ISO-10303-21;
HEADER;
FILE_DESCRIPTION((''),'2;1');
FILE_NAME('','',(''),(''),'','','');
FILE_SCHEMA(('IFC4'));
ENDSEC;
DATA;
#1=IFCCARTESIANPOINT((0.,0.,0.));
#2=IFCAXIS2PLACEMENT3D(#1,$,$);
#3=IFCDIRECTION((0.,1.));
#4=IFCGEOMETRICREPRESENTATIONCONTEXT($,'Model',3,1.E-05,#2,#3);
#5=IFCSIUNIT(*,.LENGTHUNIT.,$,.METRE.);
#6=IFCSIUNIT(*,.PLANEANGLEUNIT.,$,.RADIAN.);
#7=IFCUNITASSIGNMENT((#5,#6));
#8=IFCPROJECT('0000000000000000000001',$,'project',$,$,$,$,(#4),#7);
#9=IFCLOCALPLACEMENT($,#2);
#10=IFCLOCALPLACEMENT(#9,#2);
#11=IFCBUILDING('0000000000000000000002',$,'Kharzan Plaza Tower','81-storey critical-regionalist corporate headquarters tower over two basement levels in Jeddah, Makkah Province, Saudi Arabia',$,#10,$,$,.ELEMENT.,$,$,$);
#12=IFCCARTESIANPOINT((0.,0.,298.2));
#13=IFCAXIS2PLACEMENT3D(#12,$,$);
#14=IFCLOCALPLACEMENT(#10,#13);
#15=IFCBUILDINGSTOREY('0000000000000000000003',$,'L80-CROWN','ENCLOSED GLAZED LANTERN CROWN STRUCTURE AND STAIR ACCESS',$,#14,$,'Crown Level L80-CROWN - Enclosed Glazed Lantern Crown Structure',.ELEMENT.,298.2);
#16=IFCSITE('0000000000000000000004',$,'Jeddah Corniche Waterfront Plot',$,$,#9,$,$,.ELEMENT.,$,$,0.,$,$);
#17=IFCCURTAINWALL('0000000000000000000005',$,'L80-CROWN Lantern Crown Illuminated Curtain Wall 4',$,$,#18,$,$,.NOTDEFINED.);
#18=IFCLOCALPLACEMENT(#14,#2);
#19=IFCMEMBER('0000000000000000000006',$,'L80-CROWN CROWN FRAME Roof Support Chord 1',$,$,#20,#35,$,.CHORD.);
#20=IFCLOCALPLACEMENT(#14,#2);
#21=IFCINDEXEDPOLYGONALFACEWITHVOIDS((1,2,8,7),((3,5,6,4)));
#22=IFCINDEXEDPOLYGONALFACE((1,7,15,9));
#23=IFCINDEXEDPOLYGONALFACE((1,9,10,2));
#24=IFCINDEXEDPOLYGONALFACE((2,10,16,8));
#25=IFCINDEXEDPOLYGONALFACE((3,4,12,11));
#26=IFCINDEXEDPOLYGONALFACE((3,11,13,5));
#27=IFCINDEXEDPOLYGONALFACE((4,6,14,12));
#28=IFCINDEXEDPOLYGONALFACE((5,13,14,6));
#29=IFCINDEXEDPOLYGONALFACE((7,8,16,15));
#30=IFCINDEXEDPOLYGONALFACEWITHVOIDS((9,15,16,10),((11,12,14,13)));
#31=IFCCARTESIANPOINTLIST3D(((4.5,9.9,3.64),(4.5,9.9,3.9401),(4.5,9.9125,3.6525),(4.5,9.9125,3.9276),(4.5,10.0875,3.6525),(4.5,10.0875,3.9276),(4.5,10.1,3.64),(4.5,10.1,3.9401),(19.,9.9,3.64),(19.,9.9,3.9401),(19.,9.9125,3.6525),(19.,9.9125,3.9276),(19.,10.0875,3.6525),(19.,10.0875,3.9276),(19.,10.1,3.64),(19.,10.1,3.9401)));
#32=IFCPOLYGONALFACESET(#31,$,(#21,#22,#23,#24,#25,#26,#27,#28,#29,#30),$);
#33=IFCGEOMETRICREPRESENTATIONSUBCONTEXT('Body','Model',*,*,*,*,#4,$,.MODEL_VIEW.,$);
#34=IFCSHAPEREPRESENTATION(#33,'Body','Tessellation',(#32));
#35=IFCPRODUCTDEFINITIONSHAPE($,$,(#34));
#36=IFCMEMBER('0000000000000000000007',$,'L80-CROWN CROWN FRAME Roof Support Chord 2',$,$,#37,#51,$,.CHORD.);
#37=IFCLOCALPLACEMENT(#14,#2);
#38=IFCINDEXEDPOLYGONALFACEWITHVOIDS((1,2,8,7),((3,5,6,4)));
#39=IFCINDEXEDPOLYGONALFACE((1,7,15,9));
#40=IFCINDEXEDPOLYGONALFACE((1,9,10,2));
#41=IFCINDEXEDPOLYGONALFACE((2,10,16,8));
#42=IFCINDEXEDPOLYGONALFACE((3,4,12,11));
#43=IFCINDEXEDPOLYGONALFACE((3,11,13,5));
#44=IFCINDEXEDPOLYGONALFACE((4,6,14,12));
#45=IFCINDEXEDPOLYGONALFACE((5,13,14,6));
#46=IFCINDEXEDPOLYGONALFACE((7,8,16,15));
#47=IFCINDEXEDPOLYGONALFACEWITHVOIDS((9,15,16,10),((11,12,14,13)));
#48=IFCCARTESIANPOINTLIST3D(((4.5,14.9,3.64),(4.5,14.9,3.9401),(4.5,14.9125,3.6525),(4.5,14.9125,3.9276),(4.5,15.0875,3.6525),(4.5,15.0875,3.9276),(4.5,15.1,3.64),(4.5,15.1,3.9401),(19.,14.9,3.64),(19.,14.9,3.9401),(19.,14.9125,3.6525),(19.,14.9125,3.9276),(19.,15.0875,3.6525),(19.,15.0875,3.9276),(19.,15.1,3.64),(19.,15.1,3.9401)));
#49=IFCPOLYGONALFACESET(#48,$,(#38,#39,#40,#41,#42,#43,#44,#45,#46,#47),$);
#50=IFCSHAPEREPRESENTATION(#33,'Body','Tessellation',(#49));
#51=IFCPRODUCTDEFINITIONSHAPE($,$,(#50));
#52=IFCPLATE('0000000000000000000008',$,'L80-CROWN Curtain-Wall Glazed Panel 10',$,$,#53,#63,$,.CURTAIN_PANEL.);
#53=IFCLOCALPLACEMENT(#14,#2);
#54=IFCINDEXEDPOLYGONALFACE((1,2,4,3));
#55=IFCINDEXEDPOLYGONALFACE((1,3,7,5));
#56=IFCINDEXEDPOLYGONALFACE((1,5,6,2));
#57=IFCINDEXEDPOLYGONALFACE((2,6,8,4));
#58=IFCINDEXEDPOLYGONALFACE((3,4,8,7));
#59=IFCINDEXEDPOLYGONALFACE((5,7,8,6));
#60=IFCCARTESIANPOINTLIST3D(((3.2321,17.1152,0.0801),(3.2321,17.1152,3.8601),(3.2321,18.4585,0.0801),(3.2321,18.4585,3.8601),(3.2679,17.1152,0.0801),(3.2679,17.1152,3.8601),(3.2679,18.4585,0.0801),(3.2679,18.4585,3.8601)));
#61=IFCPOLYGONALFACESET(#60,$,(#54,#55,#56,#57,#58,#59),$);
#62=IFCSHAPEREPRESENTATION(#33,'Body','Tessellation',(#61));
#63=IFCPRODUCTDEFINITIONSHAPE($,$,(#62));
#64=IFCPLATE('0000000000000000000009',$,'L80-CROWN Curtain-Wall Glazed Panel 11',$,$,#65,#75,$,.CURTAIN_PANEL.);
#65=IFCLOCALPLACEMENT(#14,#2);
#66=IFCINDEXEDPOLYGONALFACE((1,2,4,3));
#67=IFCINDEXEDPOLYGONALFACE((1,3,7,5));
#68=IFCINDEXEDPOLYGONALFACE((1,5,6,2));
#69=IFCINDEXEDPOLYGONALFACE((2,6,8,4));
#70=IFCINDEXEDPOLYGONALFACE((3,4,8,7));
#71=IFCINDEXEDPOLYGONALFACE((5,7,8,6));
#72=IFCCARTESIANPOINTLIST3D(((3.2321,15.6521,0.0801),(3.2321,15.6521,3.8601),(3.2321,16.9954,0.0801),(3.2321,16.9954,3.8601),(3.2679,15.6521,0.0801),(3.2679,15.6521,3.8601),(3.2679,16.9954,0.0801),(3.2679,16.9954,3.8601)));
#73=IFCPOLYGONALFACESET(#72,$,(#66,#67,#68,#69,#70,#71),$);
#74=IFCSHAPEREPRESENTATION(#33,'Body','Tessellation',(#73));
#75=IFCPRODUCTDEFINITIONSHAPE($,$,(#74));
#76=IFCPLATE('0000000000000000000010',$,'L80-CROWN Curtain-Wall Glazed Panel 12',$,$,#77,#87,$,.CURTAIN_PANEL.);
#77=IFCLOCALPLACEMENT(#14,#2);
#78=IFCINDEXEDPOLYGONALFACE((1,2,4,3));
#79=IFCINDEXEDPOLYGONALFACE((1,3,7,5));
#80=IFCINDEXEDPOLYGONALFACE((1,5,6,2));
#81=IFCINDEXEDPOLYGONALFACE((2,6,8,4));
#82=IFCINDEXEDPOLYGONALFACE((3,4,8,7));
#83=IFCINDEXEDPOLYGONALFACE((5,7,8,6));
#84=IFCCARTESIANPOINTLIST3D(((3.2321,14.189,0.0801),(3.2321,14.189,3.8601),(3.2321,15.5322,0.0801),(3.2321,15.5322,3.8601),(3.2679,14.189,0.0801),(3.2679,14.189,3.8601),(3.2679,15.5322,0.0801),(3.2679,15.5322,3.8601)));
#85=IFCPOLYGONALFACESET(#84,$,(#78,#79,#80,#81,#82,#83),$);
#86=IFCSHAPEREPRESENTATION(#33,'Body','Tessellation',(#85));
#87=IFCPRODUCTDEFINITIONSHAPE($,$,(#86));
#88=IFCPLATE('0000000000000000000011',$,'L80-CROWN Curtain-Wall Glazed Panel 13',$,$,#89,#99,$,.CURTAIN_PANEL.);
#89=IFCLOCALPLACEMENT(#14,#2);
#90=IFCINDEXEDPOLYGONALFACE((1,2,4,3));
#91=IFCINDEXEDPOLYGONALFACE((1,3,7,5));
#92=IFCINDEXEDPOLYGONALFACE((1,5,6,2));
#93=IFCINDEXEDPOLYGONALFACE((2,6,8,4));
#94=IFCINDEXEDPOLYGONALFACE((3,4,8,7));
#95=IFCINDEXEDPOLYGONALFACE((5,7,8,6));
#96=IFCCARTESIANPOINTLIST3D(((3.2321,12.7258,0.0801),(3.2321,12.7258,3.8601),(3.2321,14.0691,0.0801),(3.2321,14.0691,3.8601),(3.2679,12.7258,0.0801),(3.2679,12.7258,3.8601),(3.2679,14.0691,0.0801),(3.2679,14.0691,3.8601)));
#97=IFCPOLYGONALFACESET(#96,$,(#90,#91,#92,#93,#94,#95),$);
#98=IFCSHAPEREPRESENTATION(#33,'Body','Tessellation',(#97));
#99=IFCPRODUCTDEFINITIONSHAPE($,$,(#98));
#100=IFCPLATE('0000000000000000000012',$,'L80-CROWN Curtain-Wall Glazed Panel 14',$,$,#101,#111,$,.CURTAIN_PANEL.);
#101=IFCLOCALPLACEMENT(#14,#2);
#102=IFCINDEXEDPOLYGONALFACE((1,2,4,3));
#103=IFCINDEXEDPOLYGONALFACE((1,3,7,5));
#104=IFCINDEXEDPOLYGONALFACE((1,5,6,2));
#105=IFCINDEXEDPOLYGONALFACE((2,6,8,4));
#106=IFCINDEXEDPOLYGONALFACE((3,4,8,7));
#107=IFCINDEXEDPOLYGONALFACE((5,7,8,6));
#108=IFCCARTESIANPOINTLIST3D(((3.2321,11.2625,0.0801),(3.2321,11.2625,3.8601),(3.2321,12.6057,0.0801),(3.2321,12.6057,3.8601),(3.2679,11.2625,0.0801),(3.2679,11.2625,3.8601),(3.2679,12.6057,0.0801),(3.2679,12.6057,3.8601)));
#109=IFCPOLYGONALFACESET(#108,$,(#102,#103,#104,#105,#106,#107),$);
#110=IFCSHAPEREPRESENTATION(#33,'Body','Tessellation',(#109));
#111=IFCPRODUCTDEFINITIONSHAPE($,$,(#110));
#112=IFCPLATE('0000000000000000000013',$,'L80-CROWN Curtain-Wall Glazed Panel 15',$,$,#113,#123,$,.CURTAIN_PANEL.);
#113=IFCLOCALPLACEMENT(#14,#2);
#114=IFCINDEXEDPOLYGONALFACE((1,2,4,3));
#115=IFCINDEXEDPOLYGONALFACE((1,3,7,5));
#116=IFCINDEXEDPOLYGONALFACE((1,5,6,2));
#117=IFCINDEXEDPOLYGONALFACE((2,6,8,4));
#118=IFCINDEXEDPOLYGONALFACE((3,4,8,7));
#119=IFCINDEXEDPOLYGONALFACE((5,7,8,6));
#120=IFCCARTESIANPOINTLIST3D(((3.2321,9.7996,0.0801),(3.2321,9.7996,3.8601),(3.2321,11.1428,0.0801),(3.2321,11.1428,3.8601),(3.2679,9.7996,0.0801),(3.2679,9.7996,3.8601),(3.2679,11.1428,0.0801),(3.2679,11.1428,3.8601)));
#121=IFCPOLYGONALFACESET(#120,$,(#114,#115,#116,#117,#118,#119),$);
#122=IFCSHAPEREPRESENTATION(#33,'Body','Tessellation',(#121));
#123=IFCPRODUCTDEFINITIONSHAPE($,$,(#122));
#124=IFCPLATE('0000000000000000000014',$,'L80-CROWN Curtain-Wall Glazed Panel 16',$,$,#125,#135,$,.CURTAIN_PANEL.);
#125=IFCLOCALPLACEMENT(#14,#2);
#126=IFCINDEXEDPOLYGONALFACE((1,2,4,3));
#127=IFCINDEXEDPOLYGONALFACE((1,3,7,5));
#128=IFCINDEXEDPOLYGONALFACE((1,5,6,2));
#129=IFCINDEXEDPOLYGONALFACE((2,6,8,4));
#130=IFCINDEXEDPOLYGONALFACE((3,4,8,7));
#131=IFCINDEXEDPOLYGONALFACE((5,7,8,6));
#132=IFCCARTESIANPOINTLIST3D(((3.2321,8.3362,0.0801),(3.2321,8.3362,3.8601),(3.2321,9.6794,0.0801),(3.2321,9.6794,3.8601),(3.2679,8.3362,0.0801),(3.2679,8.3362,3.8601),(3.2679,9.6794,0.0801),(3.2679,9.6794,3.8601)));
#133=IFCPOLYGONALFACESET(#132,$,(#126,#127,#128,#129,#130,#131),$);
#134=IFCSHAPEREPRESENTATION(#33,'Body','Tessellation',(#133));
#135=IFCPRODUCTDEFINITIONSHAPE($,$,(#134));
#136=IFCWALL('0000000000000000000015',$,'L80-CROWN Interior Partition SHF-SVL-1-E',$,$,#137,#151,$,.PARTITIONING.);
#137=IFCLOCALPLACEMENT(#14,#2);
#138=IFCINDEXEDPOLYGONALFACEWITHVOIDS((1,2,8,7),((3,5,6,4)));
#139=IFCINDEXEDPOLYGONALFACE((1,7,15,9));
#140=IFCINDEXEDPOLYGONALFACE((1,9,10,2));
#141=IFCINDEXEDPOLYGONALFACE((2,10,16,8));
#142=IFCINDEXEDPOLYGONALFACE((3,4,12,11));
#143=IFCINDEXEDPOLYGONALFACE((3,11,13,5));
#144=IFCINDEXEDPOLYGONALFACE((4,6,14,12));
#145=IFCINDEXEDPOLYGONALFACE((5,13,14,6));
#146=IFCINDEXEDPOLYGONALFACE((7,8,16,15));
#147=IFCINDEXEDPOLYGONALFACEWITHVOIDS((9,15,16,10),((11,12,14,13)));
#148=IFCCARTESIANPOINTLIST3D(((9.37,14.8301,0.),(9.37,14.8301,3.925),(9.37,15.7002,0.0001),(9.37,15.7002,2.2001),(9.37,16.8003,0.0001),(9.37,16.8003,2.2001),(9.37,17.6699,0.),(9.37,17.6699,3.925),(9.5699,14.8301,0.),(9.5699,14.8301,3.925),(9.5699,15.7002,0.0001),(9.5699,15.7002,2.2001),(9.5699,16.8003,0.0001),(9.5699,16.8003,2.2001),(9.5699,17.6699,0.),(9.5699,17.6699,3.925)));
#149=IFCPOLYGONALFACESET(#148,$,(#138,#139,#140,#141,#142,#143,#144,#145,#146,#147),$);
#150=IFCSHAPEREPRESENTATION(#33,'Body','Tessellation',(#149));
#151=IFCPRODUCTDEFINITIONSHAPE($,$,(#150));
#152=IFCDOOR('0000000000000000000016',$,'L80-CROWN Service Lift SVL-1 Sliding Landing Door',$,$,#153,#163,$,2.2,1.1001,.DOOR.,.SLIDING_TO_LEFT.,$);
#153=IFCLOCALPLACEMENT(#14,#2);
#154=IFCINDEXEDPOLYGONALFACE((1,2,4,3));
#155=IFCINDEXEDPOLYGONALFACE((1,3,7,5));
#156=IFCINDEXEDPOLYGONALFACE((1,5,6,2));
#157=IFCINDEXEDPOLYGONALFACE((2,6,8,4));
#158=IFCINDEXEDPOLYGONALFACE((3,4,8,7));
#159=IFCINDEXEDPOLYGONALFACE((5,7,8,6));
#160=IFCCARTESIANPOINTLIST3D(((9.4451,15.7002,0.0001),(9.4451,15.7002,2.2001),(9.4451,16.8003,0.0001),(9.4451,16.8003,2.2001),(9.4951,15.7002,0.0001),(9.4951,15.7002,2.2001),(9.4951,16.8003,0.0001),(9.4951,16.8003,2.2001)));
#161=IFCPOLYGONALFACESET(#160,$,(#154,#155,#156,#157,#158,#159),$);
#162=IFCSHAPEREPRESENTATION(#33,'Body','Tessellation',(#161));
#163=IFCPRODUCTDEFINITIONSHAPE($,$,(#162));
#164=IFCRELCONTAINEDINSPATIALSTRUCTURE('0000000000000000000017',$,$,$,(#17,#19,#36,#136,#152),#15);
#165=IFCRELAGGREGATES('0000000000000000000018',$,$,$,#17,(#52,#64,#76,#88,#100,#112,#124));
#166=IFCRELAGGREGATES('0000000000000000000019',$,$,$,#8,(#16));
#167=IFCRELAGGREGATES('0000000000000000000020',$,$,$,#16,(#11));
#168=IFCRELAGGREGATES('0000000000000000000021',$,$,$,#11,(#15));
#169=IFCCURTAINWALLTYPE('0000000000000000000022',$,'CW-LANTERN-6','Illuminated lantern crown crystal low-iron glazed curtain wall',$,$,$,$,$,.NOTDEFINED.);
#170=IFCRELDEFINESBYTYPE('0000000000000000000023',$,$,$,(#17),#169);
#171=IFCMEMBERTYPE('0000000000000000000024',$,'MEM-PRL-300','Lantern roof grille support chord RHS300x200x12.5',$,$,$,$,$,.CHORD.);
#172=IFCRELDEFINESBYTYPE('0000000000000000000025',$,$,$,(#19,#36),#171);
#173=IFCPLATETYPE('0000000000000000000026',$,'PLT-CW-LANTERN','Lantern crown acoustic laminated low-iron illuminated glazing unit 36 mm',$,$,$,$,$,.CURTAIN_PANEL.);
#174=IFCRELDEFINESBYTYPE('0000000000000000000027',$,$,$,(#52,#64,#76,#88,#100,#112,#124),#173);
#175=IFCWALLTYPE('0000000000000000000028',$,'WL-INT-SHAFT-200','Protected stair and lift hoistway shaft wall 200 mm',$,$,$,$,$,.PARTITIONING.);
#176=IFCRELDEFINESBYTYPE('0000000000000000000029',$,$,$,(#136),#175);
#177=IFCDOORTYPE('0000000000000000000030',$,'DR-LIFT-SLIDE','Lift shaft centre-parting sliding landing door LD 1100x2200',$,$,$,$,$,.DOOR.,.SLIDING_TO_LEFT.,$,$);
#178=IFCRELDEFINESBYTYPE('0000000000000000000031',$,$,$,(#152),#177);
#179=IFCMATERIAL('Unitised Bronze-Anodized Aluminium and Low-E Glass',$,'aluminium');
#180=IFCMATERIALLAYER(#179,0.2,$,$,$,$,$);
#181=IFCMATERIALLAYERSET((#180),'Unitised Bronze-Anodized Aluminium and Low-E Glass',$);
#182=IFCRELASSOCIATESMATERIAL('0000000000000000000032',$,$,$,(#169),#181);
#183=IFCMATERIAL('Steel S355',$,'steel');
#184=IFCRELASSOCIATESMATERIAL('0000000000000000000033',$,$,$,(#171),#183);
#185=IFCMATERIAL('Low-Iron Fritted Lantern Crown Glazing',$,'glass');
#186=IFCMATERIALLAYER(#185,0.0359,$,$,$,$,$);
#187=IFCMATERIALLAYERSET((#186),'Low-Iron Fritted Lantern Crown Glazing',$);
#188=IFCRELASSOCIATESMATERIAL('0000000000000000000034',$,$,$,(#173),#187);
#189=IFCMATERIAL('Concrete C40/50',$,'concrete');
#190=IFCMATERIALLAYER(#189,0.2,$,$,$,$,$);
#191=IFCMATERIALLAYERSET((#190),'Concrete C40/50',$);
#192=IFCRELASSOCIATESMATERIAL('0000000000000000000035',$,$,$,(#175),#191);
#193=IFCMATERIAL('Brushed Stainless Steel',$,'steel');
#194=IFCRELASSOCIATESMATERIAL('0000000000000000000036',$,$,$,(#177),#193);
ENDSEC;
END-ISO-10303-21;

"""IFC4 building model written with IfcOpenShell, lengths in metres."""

from ifc_helpers import new_model, si_unit, direction, frame, frame_2d, origin, origin_2d, place, context, subcontext, project, spatial, rectangle, hollow_rectangle, extrude, source, transform, mapped, material, layer, layer_set, material_profile, profile_set, type_object, element, fill, aggregate, save


model = new_model("IFC4")

# Units and contexts
model_context = context("Model", 3, precision=1e-05, world=origin(), true_north=direction((0.0, 1.0)))
body_context = subcontext(model_context, "Body", "Model", "MODEL_VIEW")
ifc_project = project(units=[si_unit("LENGTHUNIT", "METRE"), si_unit("PLANEANGLEUNIT", "RADIAN")], contexts=[model_context])

# Site, building, storey
site_placement = place(None, origin())
site = spatial("IfcSite", under=ifc_project, at=site_placement, Name="Jeddah Corniche Waterfront Plot", CompositionType="ELEMENT", RefElevation=0.0)
building_placement = place(site_placement, origin())
building = spatial("IfcBuilding", under=site, at=building_placement, Name="Kharzan Plaza Tower", Description="81-storey critical-regionalist corporate headquarters tower over two basement levels in Jeddah, Makkah Province, Saudi Arabia", CompositionType="ELEMENT")
storey_placement = place(building_placement, frame((0.0, 0.0, 298.2)))
storey = spatial("IfcBuildingStorey", under=building, at=storey_placement, Name="L80-CROWN", Description="ENCLOSED GLAZED LANTERN CROWN STRUCTURE AND STAIR ACCESS", LongName="Crown Level L80-CROWN - Enclosed Glazed Lantern Crown Structure", CompositionType="ELEMENT", Elevation=298.2)

# Shared definitions
ifc_material_1 = material(Name="Steel S355", Category="steel")

# Curtain wall
ifc_material_2 = material(Name="Unitised Bronze-Anodized Aluminium and Low-E Glass", Category="aluminium")
ifc_layer_1 = layer(ifc_material_2, 0.2)
ifc_layer_set_1 = layer_set([ifc_layer_1], Name="Unitised Bronze-Anodized Aluminium and Low-E Glass")
curtain_wall_type = type_object("IfcCurtainWallType", Name="CW-LANTERN-6", Description="Illuminated lantern crown crystal low-iron glazed curtain wall", PredefinedType="NOTDEFINED", material=ifc_layer_set_1)
curtain_wall_placement = place(storey_placement, origin())
curtain_wall = element("IfcCurtainWall", 1, at=curtain_wall_placement, inside=storey, type_object=curtain_wall_type, Name="L80-CROWN Lantern Crown Illuminated Curtain Wall 4", PredefinedType="NOTDEFINED")

# Members
ifc_material_profile_1 = material_profile(ifc_material_1, hollow_rectangle(XDim=0.2, YDim=0.3, WallThickness=0.0125, at=origin_2d()), Name="RHS300x200x12.5")
ifc_profile_set_1 = profile_set([ifc_material_profile_1], Name="Steel S355")
member_type_1 = type_object("IfcMemberType", Name="MEM-PRL-300", Description="Lantern roof grille support chord RHS300x200x12.5", PredefinedType="CHORD", material=ifc_profile_set_1)
shared_shape_1 = source(origin(), body_context, "Body", "SweptSolid", [
    extrude(hollow_rectangle(XDim=0.2, YDim=0.3, WallThickness=0.0125, at=origin_2d()), origin(), (0.0, 0.0, 1.0), 14.5),
])
for number, where, z_axis, x_axis, name in (
    (2, (4.5, 10.0, 3.79), (1.0, 0.0, 0.0), (0.0, 1.0, 0.0), "L80-CROWN CROWN FRAME Roof Support Chord 1"),
    (3, (4.5, 15.0, 3.79), (1.0, 0.0, 0.0), (0.0, 1.0, 0.0), "L80-CROWN CROWN FRAME Roof Support Chord 2"),
):
    element("IfcMember", number, at=place(storey_placement, frame(where, z_axis=z_axis, x_axis=x_axis)), inside=storey, type_object=member_type_1, Name=name, PredefinedType="CHORD", context=body_context, shape_type="MappedRepresentation", body=[
        mapped(shared_shape_1, transform((0.0, 0.0, 0.0), x_axis=(1.0, 0.0, 0.0), y_axis=(0.0, 1.0, 0.0), z_axis=(0.0, 0.0, 1.0))),
    ])

# Plates
ifc_material_3 = material(Name="Low-Iron Fritted Lantern Crown Glazing", Category="glass")
ifc_layer_2 = layer(ifc_material_3, 0.0359)
ifc_layer_set_2 = layer_set([ifc_layer_2], Name="Low-Iron Fritted Lantern Crown Glazing")
plate_type = type_object("IfcPlateType", Name="PLT-CW-LANTERN", Description="Lantern crown acoustic laminated low-iron illuminated glazing unit 36 mm", PredefinedType="CURTAIN_PANEL", material=ifc_layer_set_2)
shared_shape_2 = source(origin(), body_context, "Body", "SweptSolid", [
    extrude(rectangle(XDim=1.3433, YDim=0.0359, at=origin_2d()), origin(), (0.0, 0.0, 1.0), 3.78),
])
plate_1_placement = place(storey_placement, frame((3.25, 17.7869, 0.0801), z_axis=(0.0, 0.0, 1.0), x_axis=(0.0, -1.0, 0.0)))
plate_1 = element("IfcPlate", 4, at=plate_1_placement, type_object=plate_type, Name="L80-CROWN Curtain-Wall Glazed Panel 10", PredefinedType="CURTAIN_PANEL", context=body_context, shape_type="MappedRepresentation", body=[
    mapped(shared_shape_2, transform((0.0, 0.0, 0.0), x_axis=(1.0, 0.0, 0.0), y_axis=(0.0, 1.0, 0.0), z_axis=(0.0, 0.0, 1.0))),
])
plate_2_placement = place(storey_placement, frame((3.25, 16.3237, 0.0801), z_axis=(0.0, 0.0, 1.0), x_axis=(0.0, -1.0, 0.0)))
plate_2 = element("IfcPlate", 5, at=plate_2_placement, type_object=plate_type, Name="L80-CROWN Curtain-Wall Glazed Panel 11", PredefinedType="CURTAIN_PANEL", context=body_context, shape_type="MappedRepresentation", body=[
    mapped(shared_shape_2, transform((0.0, 0.0, 0.0), x_axis=(1.0, 0.0, 0.0), y_axis=(0.0, 1.0, 0.0), z_axis=(0.0, 0.0, 1.0))),
])
plate_3_placement = place(storey_placement, frame((3.25, 14.8606, 0.0801), z_axis=(0.0, 0.0, 1.0), x_axis=(0.0, -1.0, 0.0)))
plate_3 = element("IfcPlate", 6, at=plate_3_placement, type_object=plate_type, Name="L80-CROWN Curtain-Wall Glazed Panel 12", PredefinedType="CURTAIN_PANEL", context=body_context, shape_type="MappedRepresentation", body=[
    mapped(shared_shape_2, transform((0.0, 0.0, 0.0), x_axis=(1.0, 0.0, 0.0), y_axis=(0.0, 1.0, 0.0), z_axis=(0.0, 0.0, 1.0))),
])
plate_4_placement = place(storey_placement, frame((3.25, 13.3975, 0.0801), z_axis=(0.0, 0.0, 1.0), x_axis=(0.0, -1.0, 0.0)))
plate_4 = element("IfcPlate", 7, at=plate_4_placement, type_object=plate_type, Name="L80-CROWN Curtain-Wall Glazed Panel 13", PredefinedType="CURTAIN_PANEL", context=body_context, shape_type="MappedRepresentation", body=[
    mapped(shared_shape_2, transform((0.0, 0.0, 0.0), x_axis=(1.0, 0.0, 0.0), y_axis=(0.0, 1.0, 0.0), z_axis=(0.0, 0.0, 1.0))),
])
plate_5_placement = place(storey_placement, frame((3.25, 11.9341, 0.0801), z_axis=(0.0, 0.0, 1.0), x_axis=(0.0, -1.0, 0.0)))
plate_5 = element("IfcPlate", 8, at=plate_5_placement, type_object=plate_type, Name="L80-CROWN Curtain-Wall Glazed Panel 14", PredefinedType="CURTAIN_PANEL", context=body_context, shape_type="MappedRepresentation", body=[
    mapped(shared_shape_2, transform((0.0, 0.0, 0.0), x_axis=(1.0, 0.0, 0.0), y_axis=(0.0, 1.0, 0.0), z_axis=(0.0, 0.0, 1.0))),
])
plate_6_placement = place(storey_placement, frame((3.25, 10.4712, 0.0801), z_axis=(0.0, 0.0, 1.0), x_axis=(0.0, -1.0, 0.0)))
plate_6 = element("IfcPlate", 9, at=plate_6_placement, type_object=plate_type, Name="L80-CROWN Curtain-Wall Glazed Panel 15", PredefinedType="CURTAIN_PANEL", context=body_context, shape_type="MappedRepresentation", body=[
    mapped(shared_shape_2, transform((0.0, 0.0, 0.0), x_axis=(1.0, 0.0, 0.0), y_axis=(0.0, 1.0, 0.0), z_axis=(0.0, 0.0, 1.0))),
])
plate_7_placement = place(storey_placement, frame((3.25, 9.0078, 0.0801), z_axis=(0.0, 0.0, 1.0), x_axis=(0.0, -1.0, 0.0)))
plate_7 = element("IfcPlate", 10, at=plate_7_placement, type_object=plate_type, Name="L80-CROWN Curtain-Wall Glazed Panel 16", PredefinedType="CURTAIN_PANEL", context=body_context, shape_type="MappedRepresentation", body=[
    mapped(shared_shape_2, transform((0.0, 0.0, 0.0), x_axis=(1.0, 0.0, 0.0), y_axis=(0.0, 1.0, 0.0), z_axis=(0.0, 0.0, 1.0))),
])
aggregate(curtain_wall, [plate_1, plate_2, plate_3, plate_4, plate_5, plate_6, plate_7])

# Wall, opening, door
ifc_material_4 = material(Name="Concrete C40/50", Category="concrete")
ifc_layer_3 = layer(ifc_material_4, 0.2)
ifc_layer_set_3 = layer_set([ifc_layer_3], Name="Concrete C40/50")
wall_type_1 = type_object("IfcWallType", Name="WL-INT-SHAFT-200", Description="Protected stair and lift hoistway shaft wall 200 mm", PredefinedType="PARTITIONING", material=ifc_layer_set_3)
wall_1_placement = place(storey_placement, frame((9.47, 14.8301, 0.0), z_axis=(0.0, 0.0, 1.0), x_axis=(0.0, 1.0, 0.0)))
wall_1 = element("IfcWall", 11, at=wall_1_placement, inside=storey, type_object=wall_type_1, Name="L80-CROWN Interior Partition SHF-SVL-1-E", PredefinedType="PARTITIONING", context=body_context, shape_type="SweptSolid", body=[
    extrude(rectangle(XDim=2.8398, YDim=0.2, at=frame_2d((1.4199, 0.0))), origin(), (0.0, 0.0, 1.0), 3.925),
])
opening_1_placement = place(wall_1_placement, frame((0.8701, 0.0, 0.0)))
opening_1 = element("IfcOpeningElement", 12, at=opening_1_placement, cuts=wall_1, PredefinedType="OPENING", context=body_context, shape_type="SweptSolid", body=[
    extrude(rectangle(XDim=1.1001, YDim=2.2, at=frame_2d((0.55, 1.1001))), frame((0.0, 0.1099, 0.0), z_axis=(0.0, -1.0, 0.0), x_axis=(1.0, 0.0, 0.0)), (0.0, 0.0, 1.0), 0.22),
])
ifc_material_5 = material(Name="Brushed Stainless Steel", Category="steel")
door_type_1 = type_object("IfcDoorType", Name="DR-LIFT-SLIDE", Description="Lift shaft centre-parting sliding landing door LD 1100x2200", OperationType="SLIDING_TO_LEFT", PredefinedType="DOOR", material=ifc_material_5)
shared_shape_3 = source(origin(), body_context, "Body", "SweptSolid", [
    extrude(rectangle(XDim=1.1001, YDim=2.2, at=frame_2d((0.55, 1.1001))), frame((0.0, 0.0249, 0.0), z_axis=(0.0, -1.0, 0.0), x_axis=(1.0, 0.0, 0.0)), (0.0, 0.0, 1.0), 0.05),
])
door_1_placement = place(opening_1_placement, origin())
door_1 = element("IfcDoor", 13, at=door_1_placement, inside=storey, type_object=door_type_1, Name="L80-CROWN Service Lift SVL-1 Sliding Landing Door", OperationType="SLIDING_TO_LEFT", OverallHeight=2.2, OverallWidth=1.1001, PredefinedType="DOOR", context=body_context, shape_type="MappedRepresentation", body=[
    mapped(shared_shape_3, transform((0.0, 0.0, 0.0), x_axis=(1.0, 0.0, 0.0), y_axis=(0.0, 1.0, 0.0), z_axis=(0.0, 0.0, 1.0))),
])
fill(opening_1, door_1)

save(model, "model.ifc")
